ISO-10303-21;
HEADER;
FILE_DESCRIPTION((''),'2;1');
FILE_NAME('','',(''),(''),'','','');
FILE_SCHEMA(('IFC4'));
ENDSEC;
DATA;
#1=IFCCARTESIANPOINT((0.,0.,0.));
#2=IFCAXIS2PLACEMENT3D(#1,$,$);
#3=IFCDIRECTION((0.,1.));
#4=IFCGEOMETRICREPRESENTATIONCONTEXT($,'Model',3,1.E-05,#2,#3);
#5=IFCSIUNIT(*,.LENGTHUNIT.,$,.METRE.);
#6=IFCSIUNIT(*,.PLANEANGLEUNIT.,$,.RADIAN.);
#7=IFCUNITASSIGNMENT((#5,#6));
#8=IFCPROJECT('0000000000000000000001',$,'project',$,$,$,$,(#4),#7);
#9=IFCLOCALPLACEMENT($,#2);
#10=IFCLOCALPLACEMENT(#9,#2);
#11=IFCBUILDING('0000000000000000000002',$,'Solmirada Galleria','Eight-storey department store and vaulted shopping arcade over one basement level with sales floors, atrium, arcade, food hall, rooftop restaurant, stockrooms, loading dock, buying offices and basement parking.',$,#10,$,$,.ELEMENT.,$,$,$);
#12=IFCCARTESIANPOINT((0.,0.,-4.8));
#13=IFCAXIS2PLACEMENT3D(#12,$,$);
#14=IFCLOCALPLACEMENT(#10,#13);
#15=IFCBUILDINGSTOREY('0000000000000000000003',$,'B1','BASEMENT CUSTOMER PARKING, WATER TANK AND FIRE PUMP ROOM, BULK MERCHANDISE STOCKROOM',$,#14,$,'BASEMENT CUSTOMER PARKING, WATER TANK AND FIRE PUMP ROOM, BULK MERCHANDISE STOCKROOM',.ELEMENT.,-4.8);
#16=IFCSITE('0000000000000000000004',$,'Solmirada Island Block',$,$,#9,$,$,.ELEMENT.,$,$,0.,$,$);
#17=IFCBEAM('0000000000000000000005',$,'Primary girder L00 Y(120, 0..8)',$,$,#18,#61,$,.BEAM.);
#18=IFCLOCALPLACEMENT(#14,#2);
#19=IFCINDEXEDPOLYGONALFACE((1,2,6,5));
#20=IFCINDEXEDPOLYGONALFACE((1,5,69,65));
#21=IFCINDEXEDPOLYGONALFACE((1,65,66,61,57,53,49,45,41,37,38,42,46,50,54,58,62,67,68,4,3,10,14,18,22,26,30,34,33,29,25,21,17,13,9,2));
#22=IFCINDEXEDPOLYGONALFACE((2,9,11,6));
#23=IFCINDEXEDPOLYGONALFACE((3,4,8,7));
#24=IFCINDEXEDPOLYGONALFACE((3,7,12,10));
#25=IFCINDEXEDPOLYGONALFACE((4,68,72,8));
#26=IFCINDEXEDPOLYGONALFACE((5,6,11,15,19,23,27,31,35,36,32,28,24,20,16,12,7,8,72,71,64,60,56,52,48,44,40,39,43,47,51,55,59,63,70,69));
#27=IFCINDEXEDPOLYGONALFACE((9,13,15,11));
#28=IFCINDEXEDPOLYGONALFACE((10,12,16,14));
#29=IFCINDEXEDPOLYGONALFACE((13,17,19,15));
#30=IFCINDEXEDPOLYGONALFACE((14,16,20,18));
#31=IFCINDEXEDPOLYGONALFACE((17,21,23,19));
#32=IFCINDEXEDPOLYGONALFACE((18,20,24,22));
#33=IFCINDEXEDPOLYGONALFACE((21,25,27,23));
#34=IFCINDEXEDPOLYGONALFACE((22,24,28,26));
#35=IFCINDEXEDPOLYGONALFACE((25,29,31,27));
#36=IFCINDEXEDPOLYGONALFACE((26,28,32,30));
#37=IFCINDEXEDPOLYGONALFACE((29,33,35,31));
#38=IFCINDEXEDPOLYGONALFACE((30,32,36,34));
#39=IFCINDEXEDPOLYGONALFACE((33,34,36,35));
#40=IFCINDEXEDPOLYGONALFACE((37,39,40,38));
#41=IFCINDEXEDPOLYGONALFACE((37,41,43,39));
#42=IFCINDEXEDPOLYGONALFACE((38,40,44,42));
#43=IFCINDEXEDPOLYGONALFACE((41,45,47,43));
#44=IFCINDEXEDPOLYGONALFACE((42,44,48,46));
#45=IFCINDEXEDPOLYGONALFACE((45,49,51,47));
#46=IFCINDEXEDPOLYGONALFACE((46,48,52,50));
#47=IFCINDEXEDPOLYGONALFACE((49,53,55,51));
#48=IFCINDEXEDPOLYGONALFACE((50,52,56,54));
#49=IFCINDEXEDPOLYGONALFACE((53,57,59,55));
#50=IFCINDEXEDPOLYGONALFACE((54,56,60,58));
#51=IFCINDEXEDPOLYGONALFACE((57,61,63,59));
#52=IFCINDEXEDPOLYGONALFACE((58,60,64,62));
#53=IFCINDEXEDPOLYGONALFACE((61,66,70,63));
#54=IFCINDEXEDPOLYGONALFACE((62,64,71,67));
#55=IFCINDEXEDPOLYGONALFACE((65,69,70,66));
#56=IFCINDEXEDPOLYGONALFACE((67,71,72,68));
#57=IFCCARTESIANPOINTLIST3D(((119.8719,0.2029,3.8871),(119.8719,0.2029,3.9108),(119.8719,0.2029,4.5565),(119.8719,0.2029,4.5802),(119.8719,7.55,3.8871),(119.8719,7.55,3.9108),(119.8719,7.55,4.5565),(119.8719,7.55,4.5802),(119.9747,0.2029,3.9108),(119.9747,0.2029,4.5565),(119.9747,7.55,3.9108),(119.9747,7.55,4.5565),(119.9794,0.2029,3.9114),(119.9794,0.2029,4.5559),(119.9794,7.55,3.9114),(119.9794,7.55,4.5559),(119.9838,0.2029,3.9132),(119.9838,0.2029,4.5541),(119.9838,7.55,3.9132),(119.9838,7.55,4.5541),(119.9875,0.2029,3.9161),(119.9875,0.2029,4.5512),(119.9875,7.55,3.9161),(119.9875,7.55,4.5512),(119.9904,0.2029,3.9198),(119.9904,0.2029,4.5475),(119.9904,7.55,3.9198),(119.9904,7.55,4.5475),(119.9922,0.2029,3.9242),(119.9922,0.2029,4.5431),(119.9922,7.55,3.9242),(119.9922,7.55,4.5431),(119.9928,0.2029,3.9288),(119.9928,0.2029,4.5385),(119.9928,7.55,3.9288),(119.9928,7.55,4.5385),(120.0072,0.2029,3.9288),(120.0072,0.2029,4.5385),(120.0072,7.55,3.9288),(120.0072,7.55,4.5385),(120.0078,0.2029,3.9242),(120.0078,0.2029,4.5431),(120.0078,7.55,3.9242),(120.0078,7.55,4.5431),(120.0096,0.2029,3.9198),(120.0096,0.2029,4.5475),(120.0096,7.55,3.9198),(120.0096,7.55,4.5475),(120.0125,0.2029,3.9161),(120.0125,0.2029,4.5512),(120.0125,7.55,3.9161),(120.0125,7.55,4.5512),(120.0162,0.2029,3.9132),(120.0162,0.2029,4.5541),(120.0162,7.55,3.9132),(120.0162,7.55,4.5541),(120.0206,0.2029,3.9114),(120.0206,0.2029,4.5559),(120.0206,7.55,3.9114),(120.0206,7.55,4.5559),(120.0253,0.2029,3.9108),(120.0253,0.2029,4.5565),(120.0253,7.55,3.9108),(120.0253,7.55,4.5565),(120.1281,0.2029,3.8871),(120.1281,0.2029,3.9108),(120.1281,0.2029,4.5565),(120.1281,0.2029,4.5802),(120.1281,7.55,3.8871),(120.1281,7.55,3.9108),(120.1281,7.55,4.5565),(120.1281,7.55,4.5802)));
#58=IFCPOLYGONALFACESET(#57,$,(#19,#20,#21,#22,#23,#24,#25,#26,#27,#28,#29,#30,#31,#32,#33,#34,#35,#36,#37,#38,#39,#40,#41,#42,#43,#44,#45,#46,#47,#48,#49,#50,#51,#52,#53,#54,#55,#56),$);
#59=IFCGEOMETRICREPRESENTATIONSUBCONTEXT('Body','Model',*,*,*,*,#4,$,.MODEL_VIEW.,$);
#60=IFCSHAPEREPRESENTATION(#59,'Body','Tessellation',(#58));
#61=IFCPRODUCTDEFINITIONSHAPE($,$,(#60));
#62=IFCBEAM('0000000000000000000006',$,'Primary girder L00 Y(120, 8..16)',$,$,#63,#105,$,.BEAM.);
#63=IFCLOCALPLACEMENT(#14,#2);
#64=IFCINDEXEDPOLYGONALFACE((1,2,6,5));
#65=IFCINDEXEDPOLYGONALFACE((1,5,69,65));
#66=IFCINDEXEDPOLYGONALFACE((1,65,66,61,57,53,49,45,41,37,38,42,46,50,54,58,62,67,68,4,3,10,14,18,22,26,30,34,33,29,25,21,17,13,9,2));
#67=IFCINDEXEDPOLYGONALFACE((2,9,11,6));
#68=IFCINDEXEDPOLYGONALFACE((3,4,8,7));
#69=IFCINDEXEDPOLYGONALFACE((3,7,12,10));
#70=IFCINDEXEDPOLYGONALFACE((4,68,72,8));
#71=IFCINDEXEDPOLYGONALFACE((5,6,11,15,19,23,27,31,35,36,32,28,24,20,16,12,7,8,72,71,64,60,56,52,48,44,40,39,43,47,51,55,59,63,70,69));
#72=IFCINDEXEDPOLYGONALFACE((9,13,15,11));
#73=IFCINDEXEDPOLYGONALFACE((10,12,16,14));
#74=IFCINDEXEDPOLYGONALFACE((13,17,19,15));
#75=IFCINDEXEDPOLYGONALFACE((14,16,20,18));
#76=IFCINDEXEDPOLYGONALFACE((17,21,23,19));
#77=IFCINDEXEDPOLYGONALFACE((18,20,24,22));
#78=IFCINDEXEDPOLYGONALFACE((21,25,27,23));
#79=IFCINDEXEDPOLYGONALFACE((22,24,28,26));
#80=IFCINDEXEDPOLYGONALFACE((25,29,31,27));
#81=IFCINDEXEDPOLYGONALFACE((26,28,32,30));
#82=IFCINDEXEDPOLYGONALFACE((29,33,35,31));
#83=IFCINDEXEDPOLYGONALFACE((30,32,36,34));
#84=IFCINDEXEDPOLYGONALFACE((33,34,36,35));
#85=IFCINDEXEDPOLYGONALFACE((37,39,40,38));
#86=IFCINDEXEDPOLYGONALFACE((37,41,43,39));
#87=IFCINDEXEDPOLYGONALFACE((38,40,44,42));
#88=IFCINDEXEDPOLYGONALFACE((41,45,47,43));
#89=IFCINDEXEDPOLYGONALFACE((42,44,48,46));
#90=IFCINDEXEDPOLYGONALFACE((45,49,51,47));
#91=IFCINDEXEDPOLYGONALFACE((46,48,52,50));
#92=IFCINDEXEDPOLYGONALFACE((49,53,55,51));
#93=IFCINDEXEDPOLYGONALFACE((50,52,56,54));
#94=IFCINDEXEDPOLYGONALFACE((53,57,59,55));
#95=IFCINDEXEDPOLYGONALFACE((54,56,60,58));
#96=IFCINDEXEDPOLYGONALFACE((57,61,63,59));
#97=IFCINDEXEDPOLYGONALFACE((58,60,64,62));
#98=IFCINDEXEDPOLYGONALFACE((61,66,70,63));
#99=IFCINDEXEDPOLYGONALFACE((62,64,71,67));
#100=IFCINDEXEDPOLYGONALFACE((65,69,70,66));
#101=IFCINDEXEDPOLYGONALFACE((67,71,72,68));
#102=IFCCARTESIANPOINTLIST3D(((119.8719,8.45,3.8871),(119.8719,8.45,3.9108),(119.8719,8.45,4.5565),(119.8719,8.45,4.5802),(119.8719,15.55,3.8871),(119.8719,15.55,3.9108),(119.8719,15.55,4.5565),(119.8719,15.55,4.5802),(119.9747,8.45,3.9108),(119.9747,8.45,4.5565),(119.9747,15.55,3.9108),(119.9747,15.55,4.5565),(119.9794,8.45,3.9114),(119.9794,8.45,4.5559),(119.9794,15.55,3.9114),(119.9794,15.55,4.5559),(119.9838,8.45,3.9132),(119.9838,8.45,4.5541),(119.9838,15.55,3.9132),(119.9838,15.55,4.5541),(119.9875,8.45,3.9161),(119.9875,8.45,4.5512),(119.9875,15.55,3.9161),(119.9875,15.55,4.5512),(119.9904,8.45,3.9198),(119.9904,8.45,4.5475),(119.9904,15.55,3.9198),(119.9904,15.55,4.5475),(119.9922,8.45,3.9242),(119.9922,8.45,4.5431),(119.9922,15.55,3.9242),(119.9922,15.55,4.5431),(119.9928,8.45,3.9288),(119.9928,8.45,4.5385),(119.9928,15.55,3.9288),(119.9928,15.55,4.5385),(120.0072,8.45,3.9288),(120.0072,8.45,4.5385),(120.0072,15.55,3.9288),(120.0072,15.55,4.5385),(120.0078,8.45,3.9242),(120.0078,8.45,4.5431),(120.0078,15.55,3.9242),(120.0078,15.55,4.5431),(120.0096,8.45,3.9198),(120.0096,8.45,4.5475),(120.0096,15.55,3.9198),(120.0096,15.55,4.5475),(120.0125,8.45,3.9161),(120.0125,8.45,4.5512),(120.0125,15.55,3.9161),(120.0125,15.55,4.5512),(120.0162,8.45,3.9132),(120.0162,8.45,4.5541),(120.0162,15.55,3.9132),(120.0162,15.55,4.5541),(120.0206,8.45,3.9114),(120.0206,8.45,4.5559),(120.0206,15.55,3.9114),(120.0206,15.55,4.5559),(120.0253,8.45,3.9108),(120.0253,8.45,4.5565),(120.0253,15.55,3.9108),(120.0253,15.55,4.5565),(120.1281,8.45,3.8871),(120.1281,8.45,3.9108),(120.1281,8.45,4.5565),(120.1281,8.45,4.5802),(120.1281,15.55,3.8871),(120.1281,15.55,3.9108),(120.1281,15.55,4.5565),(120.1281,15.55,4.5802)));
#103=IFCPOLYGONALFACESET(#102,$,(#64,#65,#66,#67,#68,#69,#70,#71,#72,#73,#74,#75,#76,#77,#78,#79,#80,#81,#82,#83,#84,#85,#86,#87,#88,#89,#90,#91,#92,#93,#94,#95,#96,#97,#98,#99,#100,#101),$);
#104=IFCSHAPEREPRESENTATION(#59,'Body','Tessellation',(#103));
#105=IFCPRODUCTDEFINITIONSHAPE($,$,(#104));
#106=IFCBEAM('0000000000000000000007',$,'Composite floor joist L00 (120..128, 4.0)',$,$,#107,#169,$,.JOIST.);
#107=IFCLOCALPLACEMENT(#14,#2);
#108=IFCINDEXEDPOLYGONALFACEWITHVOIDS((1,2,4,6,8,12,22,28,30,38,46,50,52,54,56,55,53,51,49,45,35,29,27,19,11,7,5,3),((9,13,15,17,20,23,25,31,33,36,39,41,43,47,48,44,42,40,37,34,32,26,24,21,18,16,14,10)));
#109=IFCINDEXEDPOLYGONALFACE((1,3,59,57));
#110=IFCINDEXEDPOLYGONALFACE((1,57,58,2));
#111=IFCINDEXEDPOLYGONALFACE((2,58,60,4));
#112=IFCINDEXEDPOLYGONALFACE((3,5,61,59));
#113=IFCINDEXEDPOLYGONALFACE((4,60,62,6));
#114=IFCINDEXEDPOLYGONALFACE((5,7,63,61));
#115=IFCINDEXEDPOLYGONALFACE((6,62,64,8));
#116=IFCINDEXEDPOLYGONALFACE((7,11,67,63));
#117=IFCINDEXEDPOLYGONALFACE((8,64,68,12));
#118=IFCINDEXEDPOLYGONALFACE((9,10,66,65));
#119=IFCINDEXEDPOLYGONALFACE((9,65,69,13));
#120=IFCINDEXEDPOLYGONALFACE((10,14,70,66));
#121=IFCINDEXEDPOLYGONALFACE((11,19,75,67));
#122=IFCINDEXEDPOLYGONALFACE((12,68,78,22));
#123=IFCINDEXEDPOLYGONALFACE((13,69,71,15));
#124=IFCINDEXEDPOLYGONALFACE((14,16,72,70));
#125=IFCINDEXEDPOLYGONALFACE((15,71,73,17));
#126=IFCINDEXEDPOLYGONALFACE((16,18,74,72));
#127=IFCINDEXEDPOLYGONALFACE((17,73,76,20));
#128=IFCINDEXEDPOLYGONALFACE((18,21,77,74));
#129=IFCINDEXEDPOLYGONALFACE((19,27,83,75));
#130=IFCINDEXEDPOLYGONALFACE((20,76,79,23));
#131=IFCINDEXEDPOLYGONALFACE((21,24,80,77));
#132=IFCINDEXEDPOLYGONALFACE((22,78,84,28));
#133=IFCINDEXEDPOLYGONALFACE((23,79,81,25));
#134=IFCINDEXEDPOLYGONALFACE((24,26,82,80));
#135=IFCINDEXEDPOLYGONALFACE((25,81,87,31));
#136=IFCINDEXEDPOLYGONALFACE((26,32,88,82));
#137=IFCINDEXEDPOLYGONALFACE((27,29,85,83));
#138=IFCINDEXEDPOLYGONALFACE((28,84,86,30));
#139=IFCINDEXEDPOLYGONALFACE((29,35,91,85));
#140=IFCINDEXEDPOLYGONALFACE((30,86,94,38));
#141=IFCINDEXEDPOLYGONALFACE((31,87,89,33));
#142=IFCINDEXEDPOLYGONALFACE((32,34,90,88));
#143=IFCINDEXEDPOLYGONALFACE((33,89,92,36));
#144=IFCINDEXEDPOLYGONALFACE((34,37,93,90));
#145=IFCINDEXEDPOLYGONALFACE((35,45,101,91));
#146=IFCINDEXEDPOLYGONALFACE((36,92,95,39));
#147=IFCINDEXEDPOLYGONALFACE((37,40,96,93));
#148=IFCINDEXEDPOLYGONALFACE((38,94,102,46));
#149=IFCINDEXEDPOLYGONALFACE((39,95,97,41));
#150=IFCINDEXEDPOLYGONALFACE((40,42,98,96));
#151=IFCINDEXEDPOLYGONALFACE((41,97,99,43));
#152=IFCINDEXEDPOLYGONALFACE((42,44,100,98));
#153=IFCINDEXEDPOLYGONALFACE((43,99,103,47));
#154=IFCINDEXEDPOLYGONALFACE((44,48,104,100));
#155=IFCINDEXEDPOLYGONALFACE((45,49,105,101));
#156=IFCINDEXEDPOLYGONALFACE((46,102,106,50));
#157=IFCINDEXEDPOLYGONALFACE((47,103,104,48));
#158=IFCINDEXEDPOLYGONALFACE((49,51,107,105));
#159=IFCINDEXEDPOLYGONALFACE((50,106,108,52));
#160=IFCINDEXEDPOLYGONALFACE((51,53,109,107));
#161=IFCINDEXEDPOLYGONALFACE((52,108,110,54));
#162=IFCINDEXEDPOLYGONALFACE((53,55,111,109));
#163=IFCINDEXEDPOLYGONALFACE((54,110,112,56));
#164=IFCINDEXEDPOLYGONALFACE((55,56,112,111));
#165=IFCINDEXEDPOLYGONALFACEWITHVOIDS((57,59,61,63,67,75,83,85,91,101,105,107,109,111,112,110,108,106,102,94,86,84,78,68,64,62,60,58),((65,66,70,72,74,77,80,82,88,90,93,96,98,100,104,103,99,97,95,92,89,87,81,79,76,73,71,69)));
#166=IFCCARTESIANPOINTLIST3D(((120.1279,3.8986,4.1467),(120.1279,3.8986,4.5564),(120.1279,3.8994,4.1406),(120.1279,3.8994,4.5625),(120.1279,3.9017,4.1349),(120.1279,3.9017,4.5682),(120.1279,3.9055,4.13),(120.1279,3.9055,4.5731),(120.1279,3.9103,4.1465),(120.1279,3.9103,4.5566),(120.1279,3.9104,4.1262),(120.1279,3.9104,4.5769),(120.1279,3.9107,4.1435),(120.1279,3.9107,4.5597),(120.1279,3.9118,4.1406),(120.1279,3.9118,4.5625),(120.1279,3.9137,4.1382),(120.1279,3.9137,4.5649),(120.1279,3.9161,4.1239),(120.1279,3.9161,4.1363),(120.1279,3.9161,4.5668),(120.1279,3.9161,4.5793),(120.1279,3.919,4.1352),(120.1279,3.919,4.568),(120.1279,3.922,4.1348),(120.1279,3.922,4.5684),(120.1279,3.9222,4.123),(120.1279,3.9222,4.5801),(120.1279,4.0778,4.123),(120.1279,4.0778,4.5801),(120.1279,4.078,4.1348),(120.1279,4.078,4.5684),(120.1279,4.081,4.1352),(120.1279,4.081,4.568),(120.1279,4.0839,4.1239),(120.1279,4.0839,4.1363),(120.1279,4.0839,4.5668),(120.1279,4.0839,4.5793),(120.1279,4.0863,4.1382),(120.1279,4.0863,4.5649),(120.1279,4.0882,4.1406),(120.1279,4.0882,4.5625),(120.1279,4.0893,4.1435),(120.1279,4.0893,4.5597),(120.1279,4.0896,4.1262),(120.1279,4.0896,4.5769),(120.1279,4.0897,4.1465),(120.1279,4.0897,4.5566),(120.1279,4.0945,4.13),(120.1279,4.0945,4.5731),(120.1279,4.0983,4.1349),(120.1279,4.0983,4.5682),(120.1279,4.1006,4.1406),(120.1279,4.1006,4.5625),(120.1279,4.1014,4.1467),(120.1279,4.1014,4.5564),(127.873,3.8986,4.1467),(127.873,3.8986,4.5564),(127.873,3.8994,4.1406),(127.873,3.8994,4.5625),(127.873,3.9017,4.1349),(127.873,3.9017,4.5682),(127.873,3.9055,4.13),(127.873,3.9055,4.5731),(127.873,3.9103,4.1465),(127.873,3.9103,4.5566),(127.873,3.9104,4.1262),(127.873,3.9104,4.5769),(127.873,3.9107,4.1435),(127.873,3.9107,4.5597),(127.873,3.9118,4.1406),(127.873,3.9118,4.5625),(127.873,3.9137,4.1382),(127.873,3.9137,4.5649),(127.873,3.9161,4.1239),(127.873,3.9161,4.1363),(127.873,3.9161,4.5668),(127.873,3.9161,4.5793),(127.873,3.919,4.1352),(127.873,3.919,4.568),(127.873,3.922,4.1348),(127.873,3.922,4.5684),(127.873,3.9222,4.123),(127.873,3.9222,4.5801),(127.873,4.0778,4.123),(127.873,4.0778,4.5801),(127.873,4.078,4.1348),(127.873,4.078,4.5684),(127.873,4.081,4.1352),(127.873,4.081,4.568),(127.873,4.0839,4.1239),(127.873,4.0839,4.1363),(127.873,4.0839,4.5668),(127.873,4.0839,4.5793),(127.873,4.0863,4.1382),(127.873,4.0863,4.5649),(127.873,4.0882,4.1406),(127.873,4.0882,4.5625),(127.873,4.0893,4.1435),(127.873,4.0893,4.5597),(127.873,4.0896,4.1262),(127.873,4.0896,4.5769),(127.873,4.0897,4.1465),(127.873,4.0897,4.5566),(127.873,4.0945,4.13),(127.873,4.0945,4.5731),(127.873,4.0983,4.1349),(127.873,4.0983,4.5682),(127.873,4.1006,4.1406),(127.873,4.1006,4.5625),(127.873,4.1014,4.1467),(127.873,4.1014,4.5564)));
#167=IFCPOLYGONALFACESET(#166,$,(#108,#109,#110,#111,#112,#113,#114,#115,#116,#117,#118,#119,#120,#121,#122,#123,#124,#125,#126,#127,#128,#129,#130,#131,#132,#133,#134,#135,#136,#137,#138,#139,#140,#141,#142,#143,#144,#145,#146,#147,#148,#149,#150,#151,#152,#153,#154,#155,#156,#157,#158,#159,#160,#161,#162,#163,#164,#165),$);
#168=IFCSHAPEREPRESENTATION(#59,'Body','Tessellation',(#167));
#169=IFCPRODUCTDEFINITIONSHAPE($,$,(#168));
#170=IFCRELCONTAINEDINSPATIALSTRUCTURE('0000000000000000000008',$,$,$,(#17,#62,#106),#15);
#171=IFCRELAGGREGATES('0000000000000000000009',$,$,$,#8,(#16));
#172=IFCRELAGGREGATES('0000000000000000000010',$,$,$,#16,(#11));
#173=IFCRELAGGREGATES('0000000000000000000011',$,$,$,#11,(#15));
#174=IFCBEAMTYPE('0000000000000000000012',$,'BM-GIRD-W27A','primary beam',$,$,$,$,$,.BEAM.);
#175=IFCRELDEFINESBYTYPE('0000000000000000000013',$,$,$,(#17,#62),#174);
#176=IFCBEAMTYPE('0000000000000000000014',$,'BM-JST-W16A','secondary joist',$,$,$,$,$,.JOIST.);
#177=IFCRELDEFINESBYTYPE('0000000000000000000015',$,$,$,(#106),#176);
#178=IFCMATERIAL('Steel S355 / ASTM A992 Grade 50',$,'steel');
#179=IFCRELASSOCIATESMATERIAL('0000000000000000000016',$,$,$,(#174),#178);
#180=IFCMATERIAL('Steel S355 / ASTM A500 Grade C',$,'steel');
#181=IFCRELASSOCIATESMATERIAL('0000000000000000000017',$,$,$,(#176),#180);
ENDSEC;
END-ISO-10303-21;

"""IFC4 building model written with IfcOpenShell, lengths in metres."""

from ifc_helpers import new_model, si_unit, direction, frame, origin, origin_2d, place, context, subcontext, project, spatial, hollow_rectangle, i_section, extrude, material, material_profile, profile_set, type_object, element, save


model = new_model("IFC4")

# Units and contexts
model_context = context("Model", 3, precision=1e-05, world=origin(), true_north=direction((0.0, 1.0)))
body_context = subcontext(model_context, "Body", "Model", "MODEL_VIEW")
ifc_project = project(units=[si_unit("LENGTHUNIT", "METRE"), si_unit("PLANEANGLEUNIT", "RADIAN")], contexts=[model_context])

# Site, building, storey
site_placement = place(None, origin())
site = spatial("IfcSite", under=ifc_project, at=site_placement, Name="Solmirada Island Block", CompositionType="ELEMENT", RefElevation=0.0)
building_placement = place(site_placement, origin())
building = spatial("IfcBuilding", under=site, at=building_placement, Name="Solmirada Galleria", Description="Eight-storey department store and vaulted shopping arcade over one basement level with sales floors, atrium, arcade, food hall, rooftop restaurant, stockrooms, loading dock, buying offices and basement parking.", CompositionType="ELEMENT")
storey_placement = place(building_placement, frame((0.0, 0.0, -4.8)))
storey = spatial("IfcBuildingStorey", under=building, at=storey_placement, Name="B1", Description="BASEMENT CUSTOMER PARKING, WATER TANK AND FIRE PUMP ROOM, BULK MERCHANDISE STOCKROOM", LongName="BASEMENT CUSTOMER PARKING, WATER TANK AND FIRE PUMP ROOM, BULK MERCHANDISE STOCKROOM", CompositionType="ELEMENT", Elevation=-4.8)

# Shared definitions
ifc_material_1 = material(Name="Steel S355 / ASTM A500 Grade C", Category="steel")

# Beams
ifc_material_2 = material(Name="Steel S355 / ASTM A992 Grade 50", Category="steel")
ifc_material_profile_1 = material_profile(ifc_material_2, i_section(OverallWidth=0.2561, OverallDepth=0.6931, WebThickness=0.0144, FlangeThickness=0.0237, FilletRadius=0.0181, at=origin_2d()), Name="W27X114")
ifc_profile_set_1 = profile_set([ifc_material_profile_1], Name="Steel S355 / ASTM A992 Grade 50")
beam_type_1 = type_object("IfcBeamType", Name="BM-GIRD-W27A", Description="primary beam", PredefinedType="BEAM", material=ifc_profile_set_1)
beam_1_placement = place(storey_placement, frame((120.0, 0.2029, 4.2336), z_axis=(0.0, 1.0, 0.0), x_axis=(-1.0, 0.0, 0.0)))
element("IfcBeam", 1, at=beam_1_placement, inside=storey, type_object=beam_type_1, Name="Primary girder L00 Y(120, 0..8)", PredefinedType="BEAM", context=body_context, shape_type="SweptSolid", body=[
    extrude(i_section(OverallWidth=0.2561, OverallDepth=0.6931, WebThickness=0.0144, FlangeThickness=0.0237, FilletRadius=0.0181, at=origin_2d()), origin(), (0.0, 0.0, 1.0), 7.3472),
])
beam_2_placement = place(storey_placement, frame((120.0, 8.45, 4.2336), z_axis=(0.0, 1.0, 0.0), x_axis=(-1.0, 0.0, 0.0)))
element("IfcBeam", 2, at=beam_2_placement, inside=storey, type_object=beam_type_1, Name="Primary girder L00 Y(120, 8..16)", PredefinedType="BEAM", context=body_context, shape_type="SweptSolid", body=[
    extrude(i_section(OverallWidth=0.2561, OverallDepth=0.6931, WebThickness=0.0144, FlangeThickness=0.0237, FilletRadius=0.0181, at=origin_2d()), origin(), (0.0, 0.0, 1.0), 7.1001),
])
ifc_material_profile_2 = material_profile(ifc_material_1, hollow_rectangle(XDim=0.2029, YDim=0.457, WallThickness=0.0117, InnerFilletRadius=0.0117, OuterFilletRadius=0.0237, at=origin_2d()), Name="HSS18X8X1/2")
ifc_profile_set_2 = profile_set([ifc_material_profile_2], Name="Steel S355 / ASTM A500 Grade C")
beam_type_2 = type_object("IfcBeamType", Name="BM-JST-W16A", Description="secondary joist", PredefinedType="JOIST", material=ifc_profile_set_2)
beam_3_placement = place(storey_placement, frame((120.1279, 4.0, 4.3516), z_axis=(1.0, 0.0, 0.0), x_axis=(0.0, 1.0, 0.0)))
element("IfcBeam", 3, at=beam_3_placement, inside=storey, type_object=beam_type_2, Name="Composite floor joist L00 (120..128, 4.0)", PredefinedType="JOIST", context=body_context, shape_type="SweptSolid", body=[
    extrude(hollow_rectangle(XDim=0.2029, YDim=0.457, WallThickness=0.0117, InnerFilletRadius=0.0117, OuterFilletRadius=0.0237, at=origin_2d()), origin(), (0.0, 0.0, 1.0), 7.7451),
])

save(model, "model.ifc")
